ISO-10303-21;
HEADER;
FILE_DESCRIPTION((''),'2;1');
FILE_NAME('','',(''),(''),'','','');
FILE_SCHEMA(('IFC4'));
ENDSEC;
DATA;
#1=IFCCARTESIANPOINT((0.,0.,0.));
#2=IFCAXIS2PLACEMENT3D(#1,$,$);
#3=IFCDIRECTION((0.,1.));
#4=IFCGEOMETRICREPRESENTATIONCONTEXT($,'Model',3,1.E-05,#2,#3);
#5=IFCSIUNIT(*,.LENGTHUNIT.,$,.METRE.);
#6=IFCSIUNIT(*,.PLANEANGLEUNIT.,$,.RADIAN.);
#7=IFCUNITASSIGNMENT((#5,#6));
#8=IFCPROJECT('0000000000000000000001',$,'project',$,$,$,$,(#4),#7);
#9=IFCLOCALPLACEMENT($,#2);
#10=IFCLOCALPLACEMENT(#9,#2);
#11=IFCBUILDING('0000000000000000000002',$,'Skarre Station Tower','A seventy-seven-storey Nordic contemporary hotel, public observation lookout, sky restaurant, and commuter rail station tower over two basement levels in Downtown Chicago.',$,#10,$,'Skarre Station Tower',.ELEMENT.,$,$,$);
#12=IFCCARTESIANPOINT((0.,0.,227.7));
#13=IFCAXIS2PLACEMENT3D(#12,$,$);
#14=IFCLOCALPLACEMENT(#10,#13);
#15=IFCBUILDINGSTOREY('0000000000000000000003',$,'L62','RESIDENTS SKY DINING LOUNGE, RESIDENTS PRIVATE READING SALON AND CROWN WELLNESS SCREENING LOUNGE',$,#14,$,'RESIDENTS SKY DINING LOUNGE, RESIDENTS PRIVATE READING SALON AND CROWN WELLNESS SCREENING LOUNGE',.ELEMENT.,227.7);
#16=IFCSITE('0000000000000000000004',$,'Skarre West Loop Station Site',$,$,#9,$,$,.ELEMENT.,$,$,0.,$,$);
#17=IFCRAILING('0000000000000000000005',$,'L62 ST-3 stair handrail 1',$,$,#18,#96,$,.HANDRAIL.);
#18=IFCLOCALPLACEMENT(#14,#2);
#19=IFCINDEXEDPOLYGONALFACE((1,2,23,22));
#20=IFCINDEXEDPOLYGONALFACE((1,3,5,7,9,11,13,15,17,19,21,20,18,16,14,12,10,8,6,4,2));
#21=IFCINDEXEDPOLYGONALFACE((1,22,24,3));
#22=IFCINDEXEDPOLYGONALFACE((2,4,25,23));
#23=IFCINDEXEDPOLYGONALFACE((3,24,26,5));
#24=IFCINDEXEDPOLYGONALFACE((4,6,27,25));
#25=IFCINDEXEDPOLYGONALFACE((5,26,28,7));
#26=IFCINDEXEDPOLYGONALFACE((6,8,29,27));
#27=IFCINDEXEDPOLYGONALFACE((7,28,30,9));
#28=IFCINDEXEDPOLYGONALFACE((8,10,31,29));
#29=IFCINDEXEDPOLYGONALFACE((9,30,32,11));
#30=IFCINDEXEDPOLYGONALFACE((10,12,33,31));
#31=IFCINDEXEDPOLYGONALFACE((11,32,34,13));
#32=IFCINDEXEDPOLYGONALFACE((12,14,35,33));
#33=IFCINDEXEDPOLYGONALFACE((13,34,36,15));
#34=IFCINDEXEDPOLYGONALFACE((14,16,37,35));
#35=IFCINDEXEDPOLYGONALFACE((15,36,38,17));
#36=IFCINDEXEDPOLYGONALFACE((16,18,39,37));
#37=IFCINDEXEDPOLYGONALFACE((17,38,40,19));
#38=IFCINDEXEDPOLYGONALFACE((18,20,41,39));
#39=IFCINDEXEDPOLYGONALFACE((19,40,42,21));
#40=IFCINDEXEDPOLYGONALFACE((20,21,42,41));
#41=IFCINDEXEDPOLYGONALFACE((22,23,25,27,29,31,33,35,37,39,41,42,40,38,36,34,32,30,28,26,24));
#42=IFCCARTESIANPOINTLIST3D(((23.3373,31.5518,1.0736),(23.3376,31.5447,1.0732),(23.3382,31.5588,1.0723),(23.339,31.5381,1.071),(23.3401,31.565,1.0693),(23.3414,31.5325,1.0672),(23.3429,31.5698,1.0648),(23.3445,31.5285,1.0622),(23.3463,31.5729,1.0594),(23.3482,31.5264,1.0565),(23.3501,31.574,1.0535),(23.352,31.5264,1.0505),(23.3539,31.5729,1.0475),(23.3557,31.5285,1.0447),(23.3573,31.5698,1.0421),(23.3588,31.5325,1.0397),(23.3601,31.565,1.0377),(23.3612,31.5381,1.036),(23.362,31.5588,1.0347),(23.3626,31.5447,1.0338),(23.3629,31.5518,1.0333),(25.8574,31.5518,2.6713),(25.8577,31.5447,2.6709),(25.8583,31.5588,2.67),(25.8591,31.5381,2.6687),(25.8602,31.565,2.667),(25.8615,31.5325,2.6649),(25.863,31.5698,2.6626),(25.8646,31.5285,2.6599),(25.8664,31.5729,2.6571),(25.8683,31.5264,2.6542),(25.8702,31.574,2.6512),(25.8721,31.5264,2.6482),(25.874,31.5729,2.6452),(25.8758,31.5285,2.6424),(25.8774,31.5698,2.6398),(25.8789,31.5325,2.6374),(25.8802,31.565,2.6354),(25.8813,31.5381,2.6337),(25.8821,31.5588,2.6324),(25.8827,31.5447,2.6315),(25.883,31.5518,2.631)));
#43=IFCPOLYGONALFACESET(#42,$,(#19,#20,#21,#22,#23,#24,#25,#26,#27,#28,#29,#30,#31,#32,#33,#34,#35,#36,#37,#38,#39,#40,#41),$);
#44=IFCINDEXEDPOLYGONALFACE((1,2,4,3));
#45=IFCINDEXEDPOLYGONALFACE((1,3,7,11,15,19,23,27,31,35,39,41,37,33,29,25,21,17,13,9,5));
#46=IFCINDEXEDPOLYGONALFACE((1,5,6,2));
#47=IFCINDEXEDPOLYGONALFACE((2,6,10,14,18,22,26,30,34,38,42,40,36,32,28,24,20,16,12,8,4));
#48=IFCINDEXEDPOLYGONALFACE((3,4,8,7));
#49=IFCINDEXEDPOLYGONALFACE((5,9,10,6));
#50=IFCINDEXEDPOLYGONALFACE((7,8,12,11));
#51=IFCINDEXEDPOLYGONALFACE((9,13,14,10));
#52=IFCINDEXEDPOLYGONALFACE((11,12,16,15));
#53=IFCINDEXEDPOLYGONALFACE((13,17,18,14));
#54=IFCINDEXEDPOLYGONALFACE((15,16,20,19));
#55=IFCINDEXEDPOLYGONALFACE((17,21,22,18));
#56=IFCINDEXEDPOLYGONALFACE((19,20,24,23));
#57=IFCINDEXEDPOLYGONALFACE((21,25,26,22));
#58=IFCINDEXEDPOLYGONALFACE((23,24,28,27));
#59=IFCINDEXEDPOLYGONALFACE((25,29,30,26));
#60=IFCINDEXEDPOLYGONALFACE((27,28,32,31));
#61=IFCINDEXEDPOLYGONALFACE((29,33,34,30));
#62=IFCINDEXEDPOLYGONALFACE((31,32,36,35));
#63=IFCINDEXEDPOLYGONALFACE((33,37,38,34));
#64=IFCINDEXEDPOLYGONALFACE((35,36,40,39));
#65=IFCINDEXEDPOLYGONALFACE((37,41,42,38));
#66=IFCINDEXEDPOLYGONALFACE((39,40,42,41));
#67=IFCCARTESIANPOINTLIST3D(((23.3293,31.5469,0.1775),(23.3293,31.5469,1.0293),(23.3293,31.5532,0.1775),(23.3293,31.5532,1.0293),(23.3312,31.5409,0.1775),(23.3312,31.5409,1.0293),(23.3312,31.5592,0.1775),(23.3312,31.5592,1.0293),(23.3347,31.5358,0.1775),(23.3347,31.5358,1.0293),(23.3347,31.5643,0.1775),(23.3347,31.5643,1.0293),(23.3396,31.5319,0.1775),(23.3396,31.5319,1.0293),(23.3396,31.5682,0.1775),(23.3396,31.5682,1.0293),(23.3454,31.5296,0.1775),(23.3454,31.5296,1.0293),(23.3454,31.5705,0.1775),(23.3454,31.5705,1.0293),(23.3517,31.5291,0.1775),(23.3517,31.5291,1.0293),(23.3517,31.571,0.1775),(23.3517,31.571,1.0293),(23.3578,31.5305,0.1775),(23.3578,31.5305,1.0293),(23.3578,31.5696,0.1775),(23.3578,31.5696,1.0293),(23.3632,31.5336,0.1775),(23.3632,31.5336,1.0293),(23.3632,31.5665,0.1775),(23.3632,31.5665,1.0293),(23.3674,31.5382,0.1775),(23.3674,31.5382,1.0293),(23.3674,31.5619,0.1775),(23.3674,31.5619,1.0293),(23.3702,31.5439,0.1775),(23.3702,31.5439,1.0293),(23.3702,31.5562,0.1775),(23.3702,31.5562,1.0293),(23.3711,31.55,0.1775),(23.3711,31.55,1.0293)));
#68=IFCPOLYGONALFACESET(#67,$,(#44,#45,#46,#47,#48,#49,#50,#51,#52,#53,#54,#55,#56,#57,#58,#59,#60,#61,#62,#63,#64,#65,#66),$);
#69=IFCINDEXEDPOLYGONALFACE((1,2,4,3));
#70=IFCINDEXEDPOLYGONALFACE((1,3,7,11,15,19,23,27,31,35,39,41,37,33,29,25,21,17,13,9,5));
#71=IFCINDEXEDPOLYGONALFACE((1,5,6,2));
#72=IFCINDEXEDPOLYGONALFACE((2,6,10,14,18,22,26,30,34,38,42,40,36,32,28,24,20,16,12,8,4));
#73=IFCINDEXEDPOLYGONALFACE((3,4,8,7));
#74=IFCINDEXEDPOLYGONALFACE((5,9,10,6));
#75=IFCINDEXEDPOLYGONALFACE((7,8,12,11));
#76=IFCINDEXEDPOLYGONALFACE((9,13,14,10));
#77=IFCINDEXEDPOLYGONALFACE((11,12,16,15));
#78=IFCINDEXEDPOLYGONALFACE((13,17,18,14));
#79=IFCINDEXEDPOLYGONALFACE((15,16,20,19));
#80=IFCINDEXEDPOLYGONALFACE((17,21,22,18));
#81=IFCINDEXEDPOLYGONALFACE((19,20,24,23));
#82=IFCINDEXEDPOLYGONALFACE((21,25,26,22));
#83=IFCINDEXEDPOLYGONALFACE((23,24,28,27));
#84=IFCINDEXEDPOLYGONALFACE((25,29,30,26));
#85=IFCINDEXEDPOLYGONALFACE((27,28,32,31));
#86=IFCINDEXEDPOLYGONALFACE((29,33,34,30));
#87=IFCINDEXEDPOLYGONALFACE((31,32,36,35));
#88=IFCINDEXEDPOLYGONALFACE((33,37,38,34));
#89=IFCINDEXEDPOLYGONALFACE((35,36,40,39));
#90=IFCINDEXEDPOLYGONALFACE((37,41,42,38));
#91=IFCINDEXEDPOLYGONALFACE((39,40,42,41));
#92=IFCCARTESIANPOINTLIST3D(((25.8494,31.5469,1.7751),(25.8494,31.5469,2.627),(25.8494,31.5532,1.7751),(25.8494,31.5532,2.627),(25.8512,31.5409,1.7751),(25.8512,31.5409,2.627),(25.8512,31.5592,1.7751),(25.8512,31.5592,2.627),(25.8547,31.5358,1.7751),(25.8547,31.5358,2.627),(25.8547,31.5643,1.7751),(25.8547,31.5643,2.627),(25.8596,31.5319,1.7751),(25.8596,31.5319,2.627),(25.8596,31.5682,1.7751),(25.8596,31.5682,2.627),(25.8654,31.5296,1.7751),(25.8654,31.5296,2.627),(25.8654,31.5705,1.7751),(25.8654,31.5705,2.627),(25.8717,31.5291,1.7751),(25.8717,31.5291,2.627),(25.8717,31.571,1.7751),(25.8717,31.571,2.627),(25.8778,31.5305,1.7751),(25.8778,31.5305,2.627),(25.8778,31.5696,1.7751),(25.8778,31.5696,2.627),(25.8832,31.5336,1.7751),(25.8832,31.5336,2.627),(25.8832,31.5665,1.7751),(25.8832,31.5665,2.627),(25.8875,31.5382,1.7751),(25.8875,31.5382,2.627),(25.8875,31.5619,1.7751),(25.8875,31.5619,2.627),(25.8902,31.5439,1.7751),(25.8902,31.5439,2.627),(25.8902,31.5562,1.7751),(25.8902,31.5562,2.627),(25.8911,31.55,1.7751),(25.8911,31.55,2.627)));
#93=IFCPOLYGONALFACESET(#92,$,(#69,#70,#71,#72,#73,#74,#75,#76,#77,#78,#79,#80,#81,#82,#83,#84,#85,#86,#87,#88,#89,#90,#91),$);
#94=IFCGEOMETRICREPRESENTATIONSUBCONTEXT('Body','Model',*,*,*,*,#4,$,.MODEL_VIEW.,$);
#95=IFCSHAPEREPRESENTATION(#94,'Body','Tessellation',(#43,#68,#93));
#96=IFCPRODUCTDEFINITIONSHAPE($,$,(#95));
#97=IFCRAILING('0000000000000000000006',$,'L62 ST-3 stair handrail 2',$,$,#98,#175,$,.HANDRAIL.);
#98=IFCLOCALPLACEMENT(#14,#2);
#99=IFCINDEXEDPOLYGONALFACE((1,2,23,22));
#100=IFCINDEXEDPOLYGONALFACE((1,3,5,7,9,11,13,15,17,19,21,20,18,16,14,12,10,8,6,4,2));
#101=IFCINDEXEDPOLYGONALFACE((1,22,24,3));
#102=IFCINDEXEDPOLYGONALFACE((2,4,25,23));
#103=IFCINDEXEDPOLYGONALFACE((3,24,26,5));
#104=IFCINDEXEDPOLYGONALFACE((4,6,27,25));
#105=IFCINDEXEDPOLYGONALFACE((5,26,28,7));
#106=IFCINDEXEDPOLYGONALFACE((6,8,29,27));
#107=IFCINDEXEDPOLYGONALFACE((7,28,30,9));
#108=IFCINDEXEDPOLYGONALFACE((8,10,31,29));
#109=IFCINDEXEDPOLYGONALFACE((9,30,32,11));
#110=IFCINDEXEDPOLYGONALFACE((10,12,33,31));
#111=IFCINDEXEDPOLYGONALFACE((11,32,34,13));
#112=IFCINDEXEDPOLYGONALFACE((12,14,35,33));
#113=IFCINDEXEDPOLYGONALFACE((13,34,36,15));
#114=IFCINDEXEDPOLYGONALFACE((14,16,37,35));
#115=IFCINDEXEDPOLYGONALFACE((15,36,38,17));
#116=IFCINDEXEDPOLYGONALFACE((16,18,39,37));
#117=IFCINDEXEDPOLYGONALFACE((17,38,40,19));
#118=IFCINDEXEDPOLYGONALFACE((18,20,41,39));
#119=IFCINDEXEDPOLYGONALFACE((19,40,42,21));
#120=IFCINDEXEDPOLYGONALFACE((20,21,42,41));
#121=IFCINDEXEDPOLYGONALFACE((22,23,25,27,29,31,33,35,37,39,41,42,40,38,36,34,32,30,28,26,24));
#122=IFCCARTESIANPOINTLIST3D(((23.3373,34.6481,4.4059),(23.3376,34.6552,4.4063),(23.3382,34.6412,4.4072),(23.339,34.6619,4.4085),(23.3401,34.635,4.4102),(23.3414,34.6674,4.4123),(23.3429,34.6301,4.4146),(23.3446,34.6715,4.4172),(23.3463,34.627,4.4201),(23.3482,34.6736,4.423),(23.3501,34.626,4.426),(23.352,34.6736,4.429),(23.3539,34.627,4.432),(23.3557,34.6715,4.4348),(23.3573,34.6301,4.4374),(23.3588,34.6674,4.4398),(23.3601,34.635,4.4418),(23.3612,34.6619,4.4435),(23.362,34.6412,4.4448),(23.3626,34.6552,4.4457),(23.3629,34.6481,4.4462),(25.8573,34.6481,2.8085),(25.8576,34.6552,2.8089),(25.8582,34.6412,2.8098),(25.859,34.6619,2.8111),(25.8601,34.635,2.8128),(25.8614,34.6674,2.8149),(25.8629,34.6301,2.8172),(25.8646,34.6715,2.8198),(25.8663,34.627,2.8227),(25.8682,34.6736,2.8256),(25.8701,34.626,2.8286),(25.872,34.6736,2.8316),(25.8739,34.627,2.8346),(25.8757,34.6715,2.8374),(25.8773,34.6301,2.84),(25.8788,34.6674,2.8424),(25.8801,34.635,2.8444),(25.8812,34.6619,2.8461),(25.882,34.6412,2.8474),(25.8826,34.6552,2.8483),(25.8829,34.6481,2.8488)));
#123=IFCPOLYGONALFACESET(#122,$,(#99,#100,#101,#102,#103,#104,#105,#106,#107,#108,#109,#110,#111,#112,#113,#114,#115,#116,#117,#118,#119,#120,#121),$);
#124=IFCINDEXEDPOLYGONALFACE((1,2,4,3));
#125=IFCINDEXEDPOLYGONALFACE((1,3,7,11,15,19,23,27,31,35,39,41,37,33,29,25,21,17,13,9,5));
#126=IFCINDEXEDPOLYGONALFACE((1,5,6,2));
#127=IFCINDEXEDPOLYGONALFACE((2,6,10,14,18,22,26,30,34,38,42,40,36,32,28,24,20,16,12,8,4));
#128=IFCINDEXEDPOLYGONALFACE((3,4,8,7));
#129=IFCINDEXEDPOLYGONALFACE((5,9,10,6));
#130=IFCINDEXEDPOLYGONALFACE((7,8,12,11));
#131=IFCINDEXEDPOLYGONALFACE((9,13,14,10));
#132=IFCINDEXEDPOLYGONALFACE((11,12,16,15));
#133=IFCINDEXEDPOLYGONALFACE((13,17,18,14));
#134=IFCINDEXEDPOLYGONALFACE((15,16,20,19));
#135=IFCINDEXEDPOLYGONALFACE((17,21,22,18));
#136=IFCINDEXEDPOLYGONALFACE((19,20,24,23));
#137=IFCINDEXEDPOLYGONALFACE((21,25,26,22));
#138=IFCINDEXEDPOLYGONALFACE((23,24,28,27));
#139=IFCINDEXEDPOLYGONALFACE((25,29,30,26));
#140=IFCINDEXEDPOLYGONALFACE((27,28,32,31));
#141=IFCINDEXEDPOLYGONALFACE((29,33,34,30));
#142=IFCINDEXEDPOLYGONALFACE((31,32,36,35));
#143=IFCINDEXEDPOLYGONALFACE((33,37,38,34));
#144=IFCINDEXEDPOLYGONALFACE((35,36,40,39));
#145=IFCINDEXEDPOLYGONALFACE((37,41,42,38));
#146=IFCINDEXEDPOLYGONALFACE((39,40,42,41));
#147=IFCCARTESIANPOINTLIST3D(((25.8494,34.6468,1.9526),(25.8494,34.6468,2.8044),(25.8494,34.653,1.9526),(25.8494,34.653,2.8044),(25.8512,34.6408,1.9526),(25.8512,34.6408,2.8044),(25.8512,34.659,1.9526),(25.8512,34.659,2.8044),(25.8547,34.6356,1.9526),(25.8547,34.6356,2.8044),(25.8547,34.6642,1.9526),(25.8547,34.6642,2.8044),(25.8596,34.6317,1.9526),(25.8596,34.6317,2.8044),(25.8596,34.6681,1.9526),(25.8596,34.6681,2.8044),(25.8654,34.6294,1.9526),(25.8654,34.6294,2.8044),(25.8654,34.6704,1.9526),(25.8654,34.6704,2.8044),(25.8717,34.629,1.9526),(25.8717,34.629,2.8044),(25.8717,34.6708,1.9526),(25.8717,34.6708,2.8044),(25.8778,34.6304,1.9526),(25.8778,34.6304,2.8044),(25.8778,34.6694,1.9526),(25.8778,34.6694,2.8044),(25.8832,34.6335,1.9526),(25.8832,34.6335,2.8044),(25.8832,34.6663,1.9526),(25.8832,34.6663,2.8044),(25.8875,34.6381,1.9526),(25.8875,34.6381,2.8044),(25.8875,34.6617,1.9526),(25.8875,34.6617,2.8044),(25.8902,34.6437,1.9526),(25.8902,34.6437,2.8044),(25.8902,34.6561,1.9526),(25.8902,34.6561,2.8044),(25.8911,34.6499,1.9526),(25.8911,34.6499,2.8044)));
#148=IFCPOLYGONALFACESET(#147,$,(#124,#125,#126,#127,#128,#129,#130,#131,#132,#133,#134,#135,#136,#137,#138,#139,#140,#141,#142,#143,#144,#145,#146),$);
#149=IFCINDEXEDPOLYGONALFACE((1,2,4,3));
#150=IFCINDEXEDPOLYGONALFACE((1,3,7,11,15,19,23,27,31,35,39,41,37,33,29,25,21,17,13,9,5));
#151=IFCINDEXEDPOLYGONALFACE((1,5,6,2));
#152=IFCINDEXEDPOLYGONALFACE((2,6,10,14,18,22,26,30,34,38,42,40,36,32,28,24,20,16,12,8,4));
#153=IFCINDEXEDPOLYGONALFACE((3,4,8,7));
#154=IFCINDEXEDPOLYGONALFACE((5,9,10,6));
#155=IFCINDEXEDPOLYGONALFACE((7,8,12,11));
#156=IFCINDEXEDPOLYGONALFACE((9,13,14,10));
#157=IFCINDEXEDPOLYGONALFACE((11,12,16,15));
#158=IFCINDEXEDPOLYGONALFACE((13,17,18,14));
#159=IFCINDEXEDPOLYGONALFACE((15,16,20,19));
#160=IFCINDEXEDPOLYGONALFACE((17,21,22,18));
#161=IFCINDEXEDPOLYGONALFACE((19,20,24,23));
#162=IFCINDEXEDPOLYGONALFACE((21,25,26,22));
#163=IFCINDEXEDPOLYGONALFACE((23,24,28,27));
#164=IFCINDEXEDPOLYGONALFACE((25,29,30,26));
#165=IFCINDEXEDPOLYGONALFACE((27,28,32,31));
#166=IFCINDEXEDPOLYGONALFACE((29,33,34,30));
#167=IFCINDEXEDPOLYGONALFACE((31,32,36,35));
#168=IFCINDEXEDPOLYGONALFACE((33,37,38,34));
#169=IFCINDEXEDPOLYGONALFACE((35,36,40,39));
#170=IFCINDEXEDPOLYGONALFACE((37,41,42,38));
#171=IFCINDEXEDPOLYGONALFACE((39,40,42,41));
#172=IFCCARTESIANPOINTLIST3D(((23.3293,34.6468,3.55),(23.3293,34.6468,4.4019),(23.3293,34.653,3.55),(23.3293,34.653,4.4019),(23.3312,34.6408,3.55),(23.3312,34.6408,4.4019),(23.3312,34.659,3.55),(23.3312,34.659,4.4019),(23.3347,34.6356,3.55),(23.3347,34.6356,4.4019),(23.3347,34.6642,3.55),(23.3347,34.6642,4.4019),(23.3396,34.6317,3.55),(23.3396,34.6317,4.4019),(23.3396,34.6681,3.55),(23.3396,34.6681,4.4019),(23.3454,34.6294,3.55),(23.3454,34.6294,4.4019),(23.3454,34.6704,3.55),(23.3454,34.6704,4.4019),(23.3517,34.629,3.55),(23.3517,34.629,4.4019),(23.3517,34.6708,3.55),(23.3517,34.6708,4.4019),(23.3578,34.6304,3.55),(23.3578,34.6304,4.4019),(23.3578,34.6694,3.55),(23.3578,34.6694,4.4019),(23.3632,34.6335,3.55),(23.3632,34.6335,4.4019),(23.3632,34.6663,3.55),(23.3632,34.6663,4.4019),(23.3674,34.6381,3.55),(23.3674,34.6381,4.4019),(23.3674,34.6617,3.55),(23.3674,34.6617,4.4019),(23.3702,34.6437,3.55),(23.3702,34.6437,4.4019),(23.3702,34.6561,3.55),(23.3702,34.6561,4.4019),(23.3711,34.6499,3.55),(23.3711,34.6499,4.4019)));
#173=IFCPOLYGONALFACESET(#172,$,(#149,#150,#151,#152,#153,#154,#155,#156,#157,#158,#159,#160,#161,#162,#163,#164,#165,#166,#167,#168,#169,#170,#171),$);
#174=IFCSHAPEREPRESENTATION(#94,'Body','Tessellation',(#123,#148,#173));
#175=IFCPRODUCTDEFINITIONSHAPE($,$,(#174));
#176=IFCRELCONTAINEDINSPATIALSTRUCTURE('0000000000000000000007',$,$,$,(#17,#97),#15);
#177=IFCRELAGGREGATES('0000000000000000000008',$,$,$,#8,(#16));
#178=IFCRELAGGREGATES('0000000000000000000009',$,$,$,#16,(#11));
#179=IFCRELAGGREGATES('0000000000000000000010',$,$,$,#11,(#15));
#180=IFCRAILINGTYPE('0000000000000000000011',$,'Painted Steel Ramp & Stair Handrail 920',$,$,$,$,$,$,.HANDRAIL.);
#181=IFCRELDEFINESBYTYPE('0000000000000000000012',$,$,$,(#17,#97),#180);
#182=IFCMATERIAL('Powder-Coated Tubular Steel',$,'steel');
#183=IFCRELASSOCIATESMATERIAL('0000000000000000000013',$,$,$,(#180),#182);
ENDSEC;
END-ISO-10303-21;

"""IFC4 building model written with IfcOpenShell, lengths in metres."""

from ifc_helpers import new_model, si_unit, direction, frame, origin, origin_2d, place, context, subcontext, project, spatial, circle, extrude, material, type_object, element, save


model = new_model("IFC4")

# Units and contexts
model_context = context("Model", 3, precision=1e-05, world=origin(), true_north=direction((0.0, 1.0)))
body_context = subcontext(model_context, "Body", "Model", "MODEL_VIEW")
ifc_project = project(units=[si_unit("LENGTHUNIT", "METRE"), si_unit("PLANEANGLEUNIT", "RADIAN")], contexts=[model_context])

# Site, building, storey
site_placement = place(None, origin())
site = spatial("IfcSite", under=ifc_project, at=site_placement, Name="Skarre West Loop Station Site", CompositionType="ELEMENT", RefElevation=0.0)
building_placement = place(site_placement, origin())
building = spatial("IfcBuilding", under=site, at=building_placement, Name="Skarre Station Tower", Description="A seventy-seven-storey Nordic contemporary hotel, public observation lookout, sky restaurant, and commuter rail station tower over two basement levels in Downtown Chicago.", LongName="Skarre Station Tower", CompositionType="ELEMENT")
storey_placement = place(building_placement, frame((0.0, 0.0, 227.7)))
storey = spatial("IfcBuildingStorey", under=building, at=storey_placement, Name="L62", Description="RESIDENTS SKY DINING LOUNGE, RESIDENTS PRIVATE READING SALON AND CROWN WELLNESS SCREENING LOUNGE", LongName="RESIDENTS SKY DINING LOUNGE, RESIDENTS PRIVATE READING SALON AND CROWN WELLNESS SCREENING LOUNGE", CompositionType="ELEMENT", Elevation=227.7)

# Railings
ifc_material_1 = material(Name="Powder-Coated Tubular Steel", Category="steel")
railing_type_1 = type_object("IfcRailingType", Name="Painted Steel Ramp & Stair Handrail 920", PredefinedType="HANDRAIL", material=ifc_material_1)
railing_1_placement = place(storey_placement, frame((23.3501, 31.55, 0.1775)))
element("IfcRailing", 1, at=railing_1_placement, inside=storey, type_object=railing_type_1, Name="L62 ST-3 stair handrail 1", PredefinedType="HANDRAIL", context=body_context, shape_type="SweptSolid", body=[
    extrude(circle(Radius=0.0239, at=origin_2d()), frame((0.0, 0.0, 0.876), z_axis=(0.84457, 0.0, 0.535445), x_axis=(0.0, 1.0, 0.0)), (0.0, 0.0, 1.0), 2.9839),
    extrude(circle(Radius=0.021, at=origin_2d()), origin(), (0.0, 0.0, 1.0), 0.8518),
    extrude(circle(Radius=0.021, at=origin_2d()), frame((2.52, 0.0, 1.5977)), (0.0, 0.0, 1.0), 0.8518),
])
railing_2_placement = place(storey_placement, frame((25.8701, 34.6499, 1.9526)))
element("IfcRailing", 2, at=railing_2_placement, inside=storey, type_object=railing_type_1, Name="L62 ST-3 stair handrail 2", PredefinedType="HANDRAIL", context=body_context, shape_type="SweptSolid", body=[
    extrude(circle(Radius=0.0239, at=origin_2d()), frame((0.0, 0.0, 0.876), z_axis=(-0.844607, 0.0, 0.535387), x_axis=(0.0, -1.0, 0.0)), (0.0, 0.0, 1.0), 2.9836),
    extrude(circle(Radius=0.021, at=origin_2d()), origin(), (0.0, 0.0, 1.0), 0.8518),
    extrude(circle(Radius=0.021, at=origin_2d()), frame((-2.52, 0.0, 1.5974)), (0.0, 0.0, 1.0), 0.8518),
])

save(model, "model.ifc")
